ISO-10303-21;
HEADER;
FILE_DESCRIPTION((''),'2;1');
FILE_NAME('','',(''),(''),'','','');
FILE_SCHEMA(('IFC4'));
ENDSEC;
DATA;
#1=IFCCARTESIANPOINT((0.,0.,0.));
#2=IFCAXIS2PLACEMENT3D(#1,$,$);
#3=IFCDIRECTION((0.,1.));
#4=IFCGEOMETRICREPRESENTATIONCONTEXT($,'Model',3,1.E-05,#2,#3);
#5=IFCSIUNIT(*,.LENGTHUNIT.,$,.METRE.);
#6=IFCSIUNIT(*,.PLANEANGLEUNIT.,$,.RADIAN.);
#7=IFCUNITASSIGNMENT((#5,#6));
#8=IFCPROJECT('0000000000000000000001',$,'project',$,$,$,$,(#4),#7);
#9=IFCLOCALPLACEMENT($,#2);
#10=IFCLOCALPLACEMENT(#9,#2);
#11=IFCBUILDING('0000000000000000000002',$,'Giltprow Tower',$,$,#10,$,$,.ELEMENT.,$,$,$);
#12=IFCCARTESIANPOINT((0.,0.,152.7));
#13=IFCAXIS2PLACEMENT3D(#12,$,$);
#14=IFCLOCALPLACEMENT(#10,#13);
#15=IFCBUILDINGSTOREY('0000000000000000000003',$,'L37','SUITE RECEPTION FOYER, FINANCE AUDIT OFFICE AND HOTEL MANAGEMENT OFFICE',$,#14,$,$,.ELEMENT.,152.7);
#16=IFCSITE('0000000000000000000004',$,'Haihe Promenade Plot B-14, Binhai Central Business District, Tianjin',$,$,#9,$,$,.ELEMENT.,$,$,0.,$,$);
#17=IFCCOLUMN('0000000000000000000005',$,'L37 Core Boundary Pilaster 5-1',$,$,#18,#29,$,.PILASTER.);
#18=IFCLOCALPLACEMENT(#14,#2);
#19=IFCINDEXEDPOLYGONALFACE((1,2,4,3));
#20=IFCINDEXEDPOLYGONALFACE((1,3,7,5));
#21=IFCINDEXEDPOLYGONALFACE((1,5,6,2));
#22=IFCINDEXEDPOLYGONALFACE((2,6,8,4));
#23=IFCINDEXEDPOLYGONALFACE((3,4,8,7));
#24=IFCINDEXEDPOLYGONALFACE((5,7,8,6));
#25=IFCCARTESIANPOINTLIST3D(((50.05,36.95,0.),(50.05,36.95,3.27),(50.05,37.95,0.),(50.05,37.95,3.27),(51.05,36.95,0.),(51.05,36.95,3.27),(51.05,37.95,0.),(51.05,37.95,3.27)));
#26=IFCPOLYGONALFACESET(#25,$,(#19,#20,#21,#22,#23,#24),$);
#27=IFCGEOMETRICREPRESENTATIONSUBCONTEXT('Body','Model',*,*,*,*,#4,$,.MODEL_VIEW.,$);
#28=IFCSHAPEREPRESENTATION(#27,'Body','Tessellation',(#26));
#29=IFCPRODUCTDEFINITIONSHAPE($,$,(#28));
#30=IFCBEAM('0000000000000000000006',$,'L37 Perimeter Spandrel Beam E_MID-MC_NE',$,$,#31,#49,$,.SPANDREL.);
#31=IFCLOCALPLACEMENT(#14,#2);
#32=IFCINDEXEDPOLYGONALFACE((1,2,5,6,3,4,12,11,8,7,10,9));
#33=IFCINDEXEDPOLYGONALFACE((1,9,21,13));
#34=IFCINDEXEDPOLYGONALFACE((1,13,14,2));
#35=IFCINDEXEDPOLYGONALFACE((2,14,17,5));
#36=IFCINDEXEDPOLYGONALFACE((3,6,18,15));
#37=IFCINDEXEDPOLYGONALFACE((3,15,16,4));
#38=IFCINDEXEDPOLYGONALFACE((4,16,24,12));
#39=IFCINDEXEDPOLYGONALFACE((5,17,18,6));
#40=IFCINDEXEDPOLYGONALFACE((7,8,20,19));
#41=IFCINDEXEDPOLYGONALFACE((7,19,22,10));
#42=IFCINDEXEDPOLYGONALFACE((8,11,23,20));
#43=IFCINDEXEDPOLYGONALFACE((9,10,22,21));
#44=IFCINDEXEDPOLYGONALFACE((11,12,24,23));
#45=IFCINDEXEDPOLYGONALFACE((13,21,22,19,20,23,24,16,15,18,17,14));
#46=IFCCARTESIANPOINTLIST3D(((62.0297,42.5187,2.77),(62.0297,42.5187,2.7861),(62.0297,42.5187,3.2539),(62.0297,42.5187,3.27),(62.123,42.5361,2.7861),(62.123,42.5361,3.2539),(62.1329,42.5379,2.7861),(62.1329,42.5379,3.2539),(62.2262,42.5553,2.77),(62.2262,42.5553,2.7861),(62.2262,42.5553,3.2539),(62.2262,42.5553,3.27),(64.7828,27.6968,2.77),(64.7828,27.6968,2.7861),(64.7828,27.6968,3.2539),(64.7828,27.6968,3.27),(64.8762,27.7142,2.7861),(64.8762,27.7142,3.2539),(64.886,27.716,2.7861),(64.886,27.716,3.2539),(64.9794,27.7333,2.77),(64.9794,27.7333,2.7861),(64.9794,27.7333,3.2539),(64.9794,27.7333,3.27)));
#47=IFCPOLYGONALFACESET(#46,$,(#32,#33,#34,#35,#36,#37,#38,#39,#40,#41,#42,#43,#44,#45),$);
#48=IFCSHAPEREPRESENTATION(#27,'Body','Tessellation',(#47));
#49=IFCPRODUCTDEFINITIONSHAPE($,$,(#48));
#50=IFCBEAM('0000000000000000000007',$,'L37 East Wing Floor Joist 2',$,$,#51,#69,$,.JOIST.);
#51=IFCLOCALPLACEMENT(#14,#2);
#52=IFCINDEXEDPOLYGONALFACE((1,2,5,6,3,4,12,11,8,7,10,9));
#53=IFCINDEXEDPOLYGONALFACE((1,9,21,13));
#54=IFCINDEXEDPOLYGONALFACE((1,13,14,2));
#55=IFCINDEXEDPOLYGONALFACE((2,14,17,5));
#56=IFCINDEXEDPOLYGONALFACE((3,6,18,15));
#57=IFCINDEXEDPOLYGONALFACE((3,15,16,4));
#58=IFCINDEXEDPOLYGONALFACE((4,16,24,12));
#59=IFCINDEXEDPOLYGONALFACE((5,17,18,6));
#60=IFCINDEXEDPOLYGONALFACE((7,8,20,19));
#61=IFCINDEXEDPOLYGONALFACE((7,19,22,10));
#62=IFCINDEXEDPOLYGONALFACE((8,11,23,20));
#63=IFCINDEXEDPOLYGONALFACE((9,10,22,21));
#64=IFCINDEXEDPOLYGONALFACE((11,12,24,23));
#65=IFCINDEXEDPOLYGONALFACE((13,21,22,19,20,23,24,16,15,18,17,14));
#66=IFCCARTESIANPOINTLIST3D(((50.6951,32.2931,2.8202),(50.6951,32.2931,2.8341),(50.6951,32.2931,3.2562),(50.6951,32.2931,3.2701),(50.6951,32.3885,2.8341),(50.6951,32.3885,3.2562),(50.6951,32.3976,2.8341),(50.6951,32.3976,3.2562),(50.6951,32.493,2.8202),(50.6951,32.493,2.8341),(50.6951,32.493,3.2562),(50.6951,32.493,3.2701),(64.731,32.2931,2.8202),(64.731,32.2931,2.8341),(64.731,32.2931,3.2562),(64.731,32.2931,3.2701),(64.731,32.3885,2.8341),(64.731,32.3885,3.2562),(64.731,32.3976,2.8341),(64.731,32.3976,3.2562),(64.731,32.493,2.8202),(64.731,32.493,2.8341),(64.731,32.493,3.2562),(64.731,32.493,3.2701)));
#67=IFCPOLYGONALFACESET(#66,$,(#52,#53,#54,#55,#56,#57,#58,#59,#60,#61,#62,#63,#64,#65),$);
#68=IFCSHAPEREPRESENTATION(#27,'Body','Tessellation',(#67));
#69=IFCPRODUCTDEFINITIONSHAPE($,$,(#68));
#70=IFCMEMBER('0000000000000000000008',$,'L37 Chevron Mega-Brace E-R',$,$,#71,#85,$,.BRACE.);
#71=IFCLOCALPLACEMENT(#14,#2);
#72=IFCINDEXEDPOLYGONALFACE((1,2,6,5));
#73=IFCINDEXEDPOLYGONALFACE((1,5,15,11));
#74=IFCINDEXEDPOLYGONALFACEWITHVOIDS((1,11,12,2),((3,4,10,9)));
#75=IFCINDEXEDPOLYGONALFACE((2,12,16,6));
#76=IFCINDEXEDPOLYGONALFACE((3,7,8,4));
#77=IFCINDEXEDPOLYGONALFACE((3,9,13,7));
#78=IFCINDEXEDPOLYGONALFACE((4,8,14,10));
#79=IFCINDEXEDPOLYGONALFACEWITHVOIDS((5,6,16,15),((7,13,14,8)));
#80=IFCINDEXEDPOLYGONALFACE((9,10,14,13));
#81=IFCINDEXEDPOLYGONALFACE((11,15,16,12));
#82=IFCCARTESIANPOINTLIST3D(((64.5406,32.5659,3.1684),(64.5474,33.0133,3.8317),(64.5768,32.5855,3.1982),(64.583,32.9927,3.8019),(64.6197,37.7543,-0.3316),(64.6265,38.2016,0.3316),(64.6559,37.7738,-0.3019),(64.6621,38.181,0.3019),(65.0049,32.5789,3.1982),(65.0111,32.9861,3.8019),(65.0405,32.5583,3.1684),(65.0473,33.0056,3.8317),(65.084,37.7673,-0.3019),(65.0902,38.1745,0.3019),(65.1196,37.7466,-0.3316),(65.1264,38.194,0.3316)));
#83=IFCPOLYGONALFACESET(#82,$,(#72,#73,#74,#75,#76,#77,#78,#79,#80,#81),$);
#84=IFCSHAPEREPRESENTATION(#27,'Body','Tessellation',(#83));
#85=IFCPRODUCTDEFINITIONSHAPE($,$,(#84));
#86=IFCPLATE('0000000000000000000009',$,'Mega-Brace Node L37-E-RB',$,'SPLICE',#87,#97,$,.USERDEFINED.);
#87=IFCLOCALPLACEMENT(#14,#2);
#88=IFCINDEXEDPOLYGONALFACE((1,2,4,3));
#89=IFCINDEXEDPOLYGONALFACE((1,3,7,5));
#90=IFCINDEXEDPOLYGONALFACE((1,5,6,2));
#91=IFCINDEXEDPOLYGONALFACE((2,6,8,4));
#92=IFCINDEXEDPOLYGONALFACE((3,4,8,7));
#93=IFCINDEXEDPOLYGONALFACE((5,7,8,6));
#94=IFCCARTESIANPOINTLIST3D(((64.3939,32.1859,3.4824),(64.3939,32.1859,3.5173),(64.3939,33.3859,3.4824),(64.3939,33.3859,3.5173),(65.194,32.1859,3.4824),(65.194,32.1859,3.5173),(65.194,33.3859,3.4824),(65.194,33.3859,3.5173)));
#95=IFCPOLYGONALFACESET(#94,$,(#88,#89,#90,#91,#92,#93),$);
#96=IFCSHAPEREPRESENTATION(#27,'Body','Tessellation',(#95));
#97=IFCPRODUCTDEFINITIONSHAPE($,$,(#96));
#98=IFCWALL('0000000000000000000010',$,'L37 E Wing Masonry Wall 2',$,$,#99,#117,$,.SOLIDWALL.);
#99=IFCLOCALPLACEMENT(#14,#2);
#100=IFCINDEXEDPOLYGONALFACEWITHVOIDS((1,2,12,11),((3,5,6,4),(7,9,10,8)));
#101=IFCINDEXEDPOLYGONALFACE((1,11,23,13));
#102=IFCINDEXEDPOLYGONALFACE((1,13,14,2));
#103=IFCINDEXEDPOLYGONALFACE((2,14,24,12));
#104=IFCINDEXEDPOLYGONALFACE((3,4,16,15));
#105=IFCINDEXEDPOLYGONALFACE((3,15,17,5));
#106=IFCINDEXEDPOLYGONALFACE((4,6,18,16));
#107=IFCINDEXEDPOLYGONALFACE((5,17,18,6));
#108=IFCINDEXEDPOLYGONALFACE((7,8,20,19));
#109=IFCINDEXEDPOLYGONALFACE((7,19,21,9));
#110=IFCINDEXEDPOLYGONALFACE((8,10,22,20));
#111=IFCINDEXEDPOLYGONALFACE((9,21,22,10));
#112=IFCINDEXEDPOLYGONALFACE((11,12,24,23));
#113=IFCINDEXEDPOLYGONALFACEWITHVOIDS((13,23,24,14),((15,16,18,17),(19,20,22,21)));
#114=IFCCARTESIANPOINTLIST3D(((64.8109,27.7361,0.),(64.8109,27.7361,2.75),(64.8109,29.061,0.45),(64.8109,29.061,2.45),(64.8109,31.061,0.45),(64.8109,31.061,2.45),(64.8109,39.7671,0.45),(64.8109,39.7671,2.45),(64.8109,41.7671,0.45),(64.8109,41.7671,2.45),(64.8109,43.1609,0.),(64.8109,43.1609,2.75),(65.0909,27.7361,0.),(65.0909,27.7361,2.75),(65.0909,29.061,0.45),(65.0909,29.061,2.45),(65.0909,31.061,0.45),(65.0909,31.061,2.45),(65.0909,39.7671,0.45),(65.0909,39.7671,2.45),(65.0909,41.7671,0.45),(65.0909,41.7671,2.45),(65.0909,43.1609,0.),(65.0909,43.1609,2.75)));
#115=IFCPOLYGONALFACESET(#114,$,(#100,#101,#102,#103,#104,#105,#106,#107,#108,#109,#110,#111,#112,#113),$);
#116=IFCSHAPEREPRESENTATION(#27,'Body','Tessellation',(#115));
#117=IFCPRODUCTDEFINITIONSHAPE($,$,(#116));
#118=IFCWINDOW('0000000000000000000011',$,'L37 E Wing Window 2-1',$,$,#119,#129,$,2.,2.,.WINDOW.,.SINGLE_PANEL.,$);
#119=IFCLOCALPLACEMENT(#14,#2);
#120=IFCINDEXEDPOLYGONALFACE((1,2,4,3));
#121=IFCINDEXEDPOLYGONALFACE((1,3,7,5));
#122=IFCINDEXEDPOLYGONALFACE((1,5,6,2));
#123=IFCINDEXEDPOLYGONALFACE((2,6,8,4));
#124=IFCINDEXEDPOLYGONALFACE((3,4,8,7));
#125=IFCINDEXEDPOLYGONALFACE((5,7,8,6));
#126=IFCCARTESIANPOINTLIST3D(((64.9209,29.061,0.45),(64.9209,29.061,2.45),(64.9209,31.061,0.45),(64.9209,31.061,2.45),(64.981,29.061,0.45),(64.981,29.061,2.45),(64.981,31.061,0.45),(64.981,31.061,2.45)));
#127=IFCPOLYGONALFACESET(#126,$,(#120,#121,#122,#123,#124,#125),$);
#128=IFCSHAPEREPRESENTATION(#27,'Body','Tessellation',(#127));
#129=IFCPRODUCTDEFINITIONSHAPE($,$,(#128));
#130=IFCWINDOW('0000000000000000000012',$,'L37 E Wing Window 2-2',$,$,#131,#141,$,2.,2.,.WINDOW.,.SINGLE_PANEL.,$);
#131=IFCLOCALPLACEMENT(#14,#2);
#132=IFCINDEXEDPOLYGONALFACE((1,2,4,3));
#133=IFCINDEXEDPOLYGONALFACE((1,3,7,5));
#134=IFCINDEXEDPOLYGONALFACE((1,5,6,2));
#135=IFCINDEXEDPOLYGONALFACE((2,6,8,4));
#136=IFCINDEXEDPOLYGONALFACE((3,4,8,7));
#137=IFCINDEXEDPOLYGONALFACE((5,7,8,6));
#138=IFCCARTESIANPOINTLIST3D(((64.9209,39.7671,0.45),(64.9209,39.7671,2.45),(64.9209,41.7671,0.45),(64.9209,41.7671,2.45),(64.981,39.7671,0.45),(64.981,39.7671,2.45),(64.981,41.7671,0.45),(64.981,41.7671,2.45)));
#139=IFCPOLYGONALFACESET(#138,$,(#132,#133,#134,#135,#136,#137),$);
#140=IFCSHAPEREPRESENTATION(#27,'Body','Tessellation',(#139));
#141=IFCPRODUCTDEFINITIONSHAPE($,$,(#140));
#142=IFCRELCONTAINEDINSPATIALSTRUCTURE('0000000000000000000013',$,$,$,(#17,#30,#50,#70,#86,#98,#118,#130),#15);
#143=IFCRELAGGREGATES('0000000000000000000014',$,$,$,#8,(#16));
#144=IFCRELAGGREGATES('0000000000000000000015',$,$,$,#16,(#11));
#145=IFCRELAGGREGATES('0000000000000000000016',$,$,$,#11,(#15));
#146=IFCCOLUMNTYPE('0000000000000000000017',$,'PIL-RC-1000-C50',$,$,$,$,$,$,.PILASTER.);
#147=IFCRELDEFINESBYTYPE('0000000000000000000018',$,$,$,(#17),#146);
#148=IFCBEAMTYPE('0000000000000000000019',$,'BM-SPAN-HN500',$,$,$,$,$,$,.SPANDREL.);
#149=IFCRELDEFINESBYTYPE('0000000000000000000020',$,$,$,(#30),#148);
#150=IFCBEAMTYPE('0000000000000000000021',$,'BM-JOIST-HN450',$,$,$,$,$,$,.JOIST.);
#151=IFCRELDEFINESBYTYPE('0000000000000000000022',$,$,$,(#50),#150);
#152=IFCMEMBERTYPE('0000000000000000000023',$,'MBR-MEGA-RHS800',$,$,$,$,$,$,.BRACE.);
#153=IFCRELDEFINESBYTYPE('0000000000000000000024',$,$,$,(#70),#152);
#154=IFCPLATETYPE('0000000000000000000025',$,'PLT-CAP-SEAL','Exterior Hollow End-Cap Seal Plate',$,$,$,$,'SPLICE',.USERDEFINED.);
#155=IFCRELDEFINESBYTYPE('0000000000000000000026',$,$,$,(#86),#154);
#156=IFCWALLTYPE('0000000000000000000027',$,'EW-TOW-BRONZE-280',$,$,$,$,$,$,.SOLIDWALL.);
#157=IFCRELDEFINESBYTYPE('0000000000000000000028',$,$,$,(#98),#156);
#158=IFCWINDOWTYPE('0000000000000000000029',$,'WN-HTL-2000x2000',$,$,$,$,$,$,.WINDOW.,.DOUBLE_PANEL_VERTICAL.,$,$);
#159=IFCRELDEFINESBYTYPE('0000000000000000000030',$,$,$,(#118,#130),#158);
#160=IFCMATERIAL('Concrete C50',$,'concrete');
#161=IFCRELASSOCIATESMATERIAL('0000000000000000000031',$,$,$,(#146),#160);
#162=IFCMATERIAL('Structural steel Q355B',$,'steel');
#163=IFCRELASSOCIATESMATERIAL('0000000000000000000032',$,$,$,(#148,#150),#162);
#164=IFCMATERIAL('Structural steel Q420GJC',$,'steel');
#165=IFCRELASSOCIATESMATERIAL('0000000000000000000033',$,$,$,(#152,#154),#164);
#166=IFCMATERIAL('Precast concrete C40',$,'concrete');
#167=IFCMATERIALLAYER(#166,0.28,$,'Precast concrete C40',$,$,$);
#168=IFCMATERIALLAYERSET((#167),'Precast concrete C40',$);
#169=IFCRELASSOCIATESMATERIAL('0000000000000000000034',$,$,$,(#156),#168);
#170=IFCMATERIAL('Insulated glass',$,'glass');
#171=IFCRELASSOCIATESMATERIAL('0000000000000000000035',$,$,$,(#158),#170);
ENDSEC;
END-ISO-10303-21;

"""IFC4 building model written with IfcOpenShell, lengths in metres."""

from ifc_helpers import new_model, si_unit, direction, frame, frame_2d, origin, origin_2d, place, context, subcontext, project, spatial, rectangle, hollow_rectangle, i_section, extrude, source, transform, mapped, material, layer, layer_set, material_profile, profile_set, type_object, element, fill, save


model = new_model("IFC4")

# Units and contexts
model_context = context("Model", 3, precision=1e-05, world=origin(), true_north=direction((0.0, 1.0)))
body_context = subcontext(model_context, "Body", "Model", "MODEL_VIEW")
ifc_project = project(units=[si_unit("LENGTHUNIT", "METRE"), si_unit("PLANEANGLEUNIT", "RADIAN")], contexts=[model_context])

# Site, building, storey
site_placement = place(None, origin())
site = spatial("IfcSite", under=ifc_project, at=site_placement, Name="Haihe Promenade Plot B-14, Binhai Central Business District, Tianjin", CompositionType="ELEMENT", RefElevation=0.0)
building_placement = place(site_placement, origin())
building = spatial("IfcBuilding", under=site, at=building_placement, Name="Giltprow Tower", CompositionType="ELEMENT")
storey_placement = place(building_placement, frame((0.0, 0.0, 152.7)))
storey = spatial("IfcBuildingStorey", under=building, at=storey_placement, Name="L37", Description="SUITE RECEPTION FOYER, FINANCE AUDIT OFFICE AND HOTEL MANAGEMENT OFFICE", CompositionType="ELEMENT", Elevation=152.7)

# Column
ifc_material_1 = material(Name="Concrete C50", Category="concrete")
ifc_material_profile_1 = material_profile(ifc_material_1, rectangle(XDim=1.0, YDim=1.0, at=origin_2d()), Name="RC 1000x1000")
ifc_profile_set_1 = profile_set([ifc_material_profile_1], Name="Concrete C50")
column_type = type_object("IfcColumnType", Name="PIL-RC-1000-C50", PredefinedType="PILASTER", material=ifc_profile_set_1)
shared_shape_1 = source(origin(), body_context, "Body", "SweptSolid", [
    extrude(rectangle(XDim=1.0, YDim=1.0, at=origin_2d()), origin(), (0.0, 0.0, 1.0), 3.27),
])
column_placement = place(storey_placement, frame((50.55, 37.45, 0.0), z_axis=(0.0, 0.0, 1.0), x_axis=(1.0, 0.0, 0.0)))
element("IfcColumn", 1, at=column_placement, inside=storey, type_object=column_type, Name="L37 Core Boundary Pilaster 5-1", PredefinedType="PILASTER", context=body_context, shape_type="MappedRepresentation", body=[
    mapped(shared_shape_1, transform((0.0, 0.0, 0.0), x_axis=(1.0, 0.0, 0.0), y_axis=(0.0, 1.0, 0.0), z_axis=(0.0, 0.0, 1.0), scale=1.0)),
])

# Beams
ifc_material_2 = material(Name="Structural steel Q355B", Category="steel")
ifc_material_profile_2 = material_profile(ifc_material_2, i_section(OverallWidth=0.2, OverallDepth=0.5, WebThickness=0.01, FlangeThickness=0.0161, at=origin_2d()), Name="HN 500x200x10x16")
ifc_profile_set_2 = profile_set([ifc_material_profile_2], Name="Structural steel Q355B")
beam_type_1 = type_object("IfcBeamType", Name="BM-SPAN-HN500", PredefinedType="SPANDREL", material=ifc_profile_set_2)
shared_shape_2 = source(origin(), body_context, "Body", "SweptSolid", [
    extrude(i_section(OverallWidth=0.2, OverallDepth=0.5, WebThickness=0.01, FlangeThickness=0.0161, at=origin_2d()), origin(), (0.0, 0.0, 1.0), 15.0754),
])
beam_1_placement = place(storey_placement, frame((64.8811, 27.7151, 3.02), z_axis=(-0.182625, 0.983183, 0.0), x_axis=(-0.983183, -0.182625, 0.0)))
element("IfcBeam", 2, at=beam_1_placement, inside=storey, type_object=beam_type_1, Name="L37 Perimeter Spandrel Beam E_MID-MC_NE", PredefinedType="SPANDREL", context=body_context, shape_type="MappedRepresentation", body=[
    mapped(shared_shape_2, transform((0.0, 0.0, 0.0), x_axis=(1.0, 0.0, 0.0), y_axis=(0.0, 1.0, 0.0), z_axis=(0.0, 0.0, 1.0), scale=1.0)),
])
ifc_material_profile_3 = material_profile(ifc_material_2, i_section(OverallWidth=0.2, OverallDepth=0.45, WebThickness=0.009, FlangeThickness=0.0139, at=origin_2d()), Name="HN 450x200x9x14")
ifc_profile_set_3 = profile_set([ifc_material_profile_3], Name="Structural steel Q355B")
beam_type_2 = type_object("IfcBeamType", Name="BM-JOIST-HN450", PredefinedType="JOIST", material=ifc_profile_set_3)
shared_shape_3 = source(origin(), body_context, "Body", "SweptSolid", [
    extrude(i_section(OverallWidth=0.2, OverallDepth=0.45, WebThickness=0.009, FlangeThickness=0.0139, at=origin_2d()), origin(), (0.0, 0.0, 1.0), 14.0359),
])
beam_2_placement = place(storey_placement, frame((50.6951, 32.3931, 3.0452), z_axis=(1.0, 0.0, 0.0), x_axis=(0.0, 1.0, 0.0)))
element("IfcBeam", 3, at=beam_2_placement, inside=storey, type_object=beam_type_2, Name="L37 East Wing Floor Joist 2", PredefinedType="JOIST", context=body_context, shape_type="MappedRepresentation", body=[
    mapped(shared_shape_3, transform((0.0, 0.0, 0.0), x_axis=(1.0, 0.0, 0.0), y_axis=(0.0, 1.0, 0.0), z_axis=(0.0, 0.0, 1.0), scale=1.0)),
])

# Member
ifc_material_3 = material(Name="Structural steel Q420GJC", Category="steel")
ifc_material_profile_4 = material_profile(ifc_material_3, hollow_rectangle(XDim=0.5, YDim=0.8, WallThickness=0.0359, at=origin_2d()), Name="RHS 800x500x36")
ifc_profile_set_4 = profile_set([ifc_material_profile_4], Name="Structural steel Q420GJC")
member_type = type_object("IfcMemberType", Name="MBR-MEGA-RHS800", PredefinedType="BRACE", material=ifc_profile_set_4)
shared_shape_4 = source(origin(), body_context, "Body", "SweptSolid", [
    extrude(hollow_rectangle(XDim=0.5, YDim=0.8, WallThickness=0.0359, at=origin_2d()), origin(), (0.0, 0.0, 1.0), 6.259),
])
member_placement = place(storey_placement, frame((64.873, 37.9741, 0.0), z_axis=(-0.012638, -0.828935, 0.559202), x_axis=(0.999884, -0.015245, 0.0)))
element("IfcMember", 4, at=member_placement, inside=storey, type_object=member_type, Name="L37 Chevron Mega-Brace E-R", PredefinedType="BRACE", context=body_context, shape_type="MappedRepresentation", body=[
    mapped(shared_shape_4, transform((0.0, 0.0, 0.0), x_axis=(1.0, 0.0, 0.0), y_axis=(0.0, 1.0, 0.0), z_axis=(0.0, 0.0, 1.0), scale=1.0)),
])

# Plate
plate_type = type_object("IfcPlateType", Name="PLT-CAP-SEAL", Description="Exterior Hollow End-Cap Seal Plate", ElementType="SPLICE", PredefinedType="USERDEFINED", material=ifc_material_3)
shared_shape_5 = source(origin(), body_context, "Body", "SweptSolid", [
    extrude(rectangle(XDim=1.2, YDim=0.8, at=origin_2d()), origin(), (0.0, 0.0, 1.0), 0.0349),
])
plate_placement = place(storey_placement, frame((64.7939, 32.7859, 3.4824), z_axis=(0.0, 0.0, 1.0), x_axis=(0.0, 1.0, 0.0)))
element("IfcPlate", 5, at=plate_placement, inside=storey, type_object=plate_type, Name="Mega-Brace Node L37-E-RB", ObjectType="SPLICE", PredefinedType="USERDEFINED", context=body_context, shape_type="MappedRepresentation", body=[
    mapped(shared_shape_5, transform((0.0, 0.0, 0.0), x_axis=(1.0, 0.0, 0.0), y_axis=(0.0, 1.0, 0.0), z_axis=(0.0, 0.0, 1.0), scale=1.0)),
])

# Wall, openings, windows
ifc_material_4 = material(Name="Precast concrete C40", Category="concrete")
ifc_layer_1 = layer(ifc_material_4, 0.28, Name="Precast concrete C40")
ifc_layer_set_1 = layer_set([ifc_layer_1], Name="Precast concrete C40")
wall_type_1 = type_object("IfcWallType", Name="EW-TOW-BRONZE-280", PredefinedType="SOLIDWALL", material=ifc_layer_set_1)
wall_1_placement = place(storey_placement, frame((64.9509, 27.7361, 0.0), z_axis=(0.0, 0.0, 1.0), x_axis=(0.0, 1.0, 0.0)))
wall_1 = element("IfcWall", 6, at=wall_1_placement, inside=storey, type_object=wall_type_1, Name="L37 E Wing Masonry Wall 2", PredefinedType="SOLIDWALL", context=body_context, shape_type="SweptSolid", body=[
    extrude(rectangle(XDim=15.4248, YDim=0.28, at=frame_2d((7.7124, 0.0))), origin(), (0.0, 0.0, 1.0), 2.75),
])
opening_1_placement = place(wall_1_placement, frame((1.325, 0.0, 0.45)))
opening_1 = element("IfcOpeningElement", 7, at=opening_1_placement, cuts=wall_1, PredefinedType="OPENING", context=body_context, shape_type="SweptSolid", body=[
    extrude(rectangle(XDim=2.0, YDim=2.0, at=frame_2d((1.0, 1.0))), frame((0.0, 0.1499, 0.0), z_axis=(0.0, -1.0, 0.0), x_axis=(1.0, 0.0, 0.0)), (0.0, 0.0, 1.0), 0.3),
])
opening_2_placement = place(wall_1_placement, frame((12.031, 0.0, 0.45)))
opening_2 = element("IfcOpeningElement", 8, at=opening_2_placement, cuts=wall_1, PredefinedType="OPENING", context=body_context, shape_type="SweptSolid", body=[
    extrude(rectangle(XDim=2.0, YDim=2.0, at=frame_2d((1.0, 1.0))), frame((0.0, 0.1499, 0.0), z_axis=(0.0, -1.0, 0.0), x_axis=(1.0, 0.0, 0.0)), (0.0, 0.0, 1.0), 0.3),
])
ifc_material_5 = material(Name="Insulated glass", Category="glass")
window_type = type_object("IfcWindowType", Name="WN-HTL-2000x2000", PartitioningType="DOUBLE_PANEL_VERTICAL", PredefinedType="WINDOW", material=ifc_material_5)
shared_shape_6 = source(origin(), body_context, "Body", "SweptSolid", [
    extrude(rectangle(XDim=2.0, YDim=2.0, at=frame_2d((1.0, 1.0))), frame((0.0, 0.03, 0.0), z_axis=(0.0, -1.0, 0.0), x_axis=(1.0, 0.0, 0.0)), (0.0, 0.0, 1.0), 0.0601),
])
window_1_placement = place(opening_1_placement, origin())
window_1 = element("IfcWindow", 9, at=window_1_placement, inside=storey, type_object=window_type, Name="L37 E Wing Window 2-1", OverallHeight=2.0, OverallWidth=2.0, PartitioningType="SINGLE_PANEL", PredefinedType="WINDOW", context=body_context, shape_type="MappedRepresentation", body=[
    mapped(shared_shape_6, transform((0.0, 0.0, 0.0), x_axis=(1.0, 0.0, 0.0), y_axis=(0.0, 1.0, 0.0), z_axis=(0.0, 0.0, 1.0), scale=1.0)),
])
fill(opening_1, window_1)
window_2_placement = place(opening_2_placement, origin())
window_2 = element("IfcWindow", 10, at=window_2_placement, inside=storey, type_object=window_type, Name="L37 E Wing Window 2-2", OverallHeight=2.0, OverallWidth=2.0, PartitioningType="SINGLE_PANEL", PredefinedType="WINDOW", context=body_context, shape_type="MappedRepresentation", body=[
    mapped(shared_shape_6, transform((0.0, 0.0, 0.0), x_axis=(1.0, 0.0, 0.0), y_axis=(0.0, 1.0, 0.0), z_axis=(0.0, 0.0, 1.0), scale=1.0)),
])
fill(opening_2, window_2)

save(model, "model.ifc")
